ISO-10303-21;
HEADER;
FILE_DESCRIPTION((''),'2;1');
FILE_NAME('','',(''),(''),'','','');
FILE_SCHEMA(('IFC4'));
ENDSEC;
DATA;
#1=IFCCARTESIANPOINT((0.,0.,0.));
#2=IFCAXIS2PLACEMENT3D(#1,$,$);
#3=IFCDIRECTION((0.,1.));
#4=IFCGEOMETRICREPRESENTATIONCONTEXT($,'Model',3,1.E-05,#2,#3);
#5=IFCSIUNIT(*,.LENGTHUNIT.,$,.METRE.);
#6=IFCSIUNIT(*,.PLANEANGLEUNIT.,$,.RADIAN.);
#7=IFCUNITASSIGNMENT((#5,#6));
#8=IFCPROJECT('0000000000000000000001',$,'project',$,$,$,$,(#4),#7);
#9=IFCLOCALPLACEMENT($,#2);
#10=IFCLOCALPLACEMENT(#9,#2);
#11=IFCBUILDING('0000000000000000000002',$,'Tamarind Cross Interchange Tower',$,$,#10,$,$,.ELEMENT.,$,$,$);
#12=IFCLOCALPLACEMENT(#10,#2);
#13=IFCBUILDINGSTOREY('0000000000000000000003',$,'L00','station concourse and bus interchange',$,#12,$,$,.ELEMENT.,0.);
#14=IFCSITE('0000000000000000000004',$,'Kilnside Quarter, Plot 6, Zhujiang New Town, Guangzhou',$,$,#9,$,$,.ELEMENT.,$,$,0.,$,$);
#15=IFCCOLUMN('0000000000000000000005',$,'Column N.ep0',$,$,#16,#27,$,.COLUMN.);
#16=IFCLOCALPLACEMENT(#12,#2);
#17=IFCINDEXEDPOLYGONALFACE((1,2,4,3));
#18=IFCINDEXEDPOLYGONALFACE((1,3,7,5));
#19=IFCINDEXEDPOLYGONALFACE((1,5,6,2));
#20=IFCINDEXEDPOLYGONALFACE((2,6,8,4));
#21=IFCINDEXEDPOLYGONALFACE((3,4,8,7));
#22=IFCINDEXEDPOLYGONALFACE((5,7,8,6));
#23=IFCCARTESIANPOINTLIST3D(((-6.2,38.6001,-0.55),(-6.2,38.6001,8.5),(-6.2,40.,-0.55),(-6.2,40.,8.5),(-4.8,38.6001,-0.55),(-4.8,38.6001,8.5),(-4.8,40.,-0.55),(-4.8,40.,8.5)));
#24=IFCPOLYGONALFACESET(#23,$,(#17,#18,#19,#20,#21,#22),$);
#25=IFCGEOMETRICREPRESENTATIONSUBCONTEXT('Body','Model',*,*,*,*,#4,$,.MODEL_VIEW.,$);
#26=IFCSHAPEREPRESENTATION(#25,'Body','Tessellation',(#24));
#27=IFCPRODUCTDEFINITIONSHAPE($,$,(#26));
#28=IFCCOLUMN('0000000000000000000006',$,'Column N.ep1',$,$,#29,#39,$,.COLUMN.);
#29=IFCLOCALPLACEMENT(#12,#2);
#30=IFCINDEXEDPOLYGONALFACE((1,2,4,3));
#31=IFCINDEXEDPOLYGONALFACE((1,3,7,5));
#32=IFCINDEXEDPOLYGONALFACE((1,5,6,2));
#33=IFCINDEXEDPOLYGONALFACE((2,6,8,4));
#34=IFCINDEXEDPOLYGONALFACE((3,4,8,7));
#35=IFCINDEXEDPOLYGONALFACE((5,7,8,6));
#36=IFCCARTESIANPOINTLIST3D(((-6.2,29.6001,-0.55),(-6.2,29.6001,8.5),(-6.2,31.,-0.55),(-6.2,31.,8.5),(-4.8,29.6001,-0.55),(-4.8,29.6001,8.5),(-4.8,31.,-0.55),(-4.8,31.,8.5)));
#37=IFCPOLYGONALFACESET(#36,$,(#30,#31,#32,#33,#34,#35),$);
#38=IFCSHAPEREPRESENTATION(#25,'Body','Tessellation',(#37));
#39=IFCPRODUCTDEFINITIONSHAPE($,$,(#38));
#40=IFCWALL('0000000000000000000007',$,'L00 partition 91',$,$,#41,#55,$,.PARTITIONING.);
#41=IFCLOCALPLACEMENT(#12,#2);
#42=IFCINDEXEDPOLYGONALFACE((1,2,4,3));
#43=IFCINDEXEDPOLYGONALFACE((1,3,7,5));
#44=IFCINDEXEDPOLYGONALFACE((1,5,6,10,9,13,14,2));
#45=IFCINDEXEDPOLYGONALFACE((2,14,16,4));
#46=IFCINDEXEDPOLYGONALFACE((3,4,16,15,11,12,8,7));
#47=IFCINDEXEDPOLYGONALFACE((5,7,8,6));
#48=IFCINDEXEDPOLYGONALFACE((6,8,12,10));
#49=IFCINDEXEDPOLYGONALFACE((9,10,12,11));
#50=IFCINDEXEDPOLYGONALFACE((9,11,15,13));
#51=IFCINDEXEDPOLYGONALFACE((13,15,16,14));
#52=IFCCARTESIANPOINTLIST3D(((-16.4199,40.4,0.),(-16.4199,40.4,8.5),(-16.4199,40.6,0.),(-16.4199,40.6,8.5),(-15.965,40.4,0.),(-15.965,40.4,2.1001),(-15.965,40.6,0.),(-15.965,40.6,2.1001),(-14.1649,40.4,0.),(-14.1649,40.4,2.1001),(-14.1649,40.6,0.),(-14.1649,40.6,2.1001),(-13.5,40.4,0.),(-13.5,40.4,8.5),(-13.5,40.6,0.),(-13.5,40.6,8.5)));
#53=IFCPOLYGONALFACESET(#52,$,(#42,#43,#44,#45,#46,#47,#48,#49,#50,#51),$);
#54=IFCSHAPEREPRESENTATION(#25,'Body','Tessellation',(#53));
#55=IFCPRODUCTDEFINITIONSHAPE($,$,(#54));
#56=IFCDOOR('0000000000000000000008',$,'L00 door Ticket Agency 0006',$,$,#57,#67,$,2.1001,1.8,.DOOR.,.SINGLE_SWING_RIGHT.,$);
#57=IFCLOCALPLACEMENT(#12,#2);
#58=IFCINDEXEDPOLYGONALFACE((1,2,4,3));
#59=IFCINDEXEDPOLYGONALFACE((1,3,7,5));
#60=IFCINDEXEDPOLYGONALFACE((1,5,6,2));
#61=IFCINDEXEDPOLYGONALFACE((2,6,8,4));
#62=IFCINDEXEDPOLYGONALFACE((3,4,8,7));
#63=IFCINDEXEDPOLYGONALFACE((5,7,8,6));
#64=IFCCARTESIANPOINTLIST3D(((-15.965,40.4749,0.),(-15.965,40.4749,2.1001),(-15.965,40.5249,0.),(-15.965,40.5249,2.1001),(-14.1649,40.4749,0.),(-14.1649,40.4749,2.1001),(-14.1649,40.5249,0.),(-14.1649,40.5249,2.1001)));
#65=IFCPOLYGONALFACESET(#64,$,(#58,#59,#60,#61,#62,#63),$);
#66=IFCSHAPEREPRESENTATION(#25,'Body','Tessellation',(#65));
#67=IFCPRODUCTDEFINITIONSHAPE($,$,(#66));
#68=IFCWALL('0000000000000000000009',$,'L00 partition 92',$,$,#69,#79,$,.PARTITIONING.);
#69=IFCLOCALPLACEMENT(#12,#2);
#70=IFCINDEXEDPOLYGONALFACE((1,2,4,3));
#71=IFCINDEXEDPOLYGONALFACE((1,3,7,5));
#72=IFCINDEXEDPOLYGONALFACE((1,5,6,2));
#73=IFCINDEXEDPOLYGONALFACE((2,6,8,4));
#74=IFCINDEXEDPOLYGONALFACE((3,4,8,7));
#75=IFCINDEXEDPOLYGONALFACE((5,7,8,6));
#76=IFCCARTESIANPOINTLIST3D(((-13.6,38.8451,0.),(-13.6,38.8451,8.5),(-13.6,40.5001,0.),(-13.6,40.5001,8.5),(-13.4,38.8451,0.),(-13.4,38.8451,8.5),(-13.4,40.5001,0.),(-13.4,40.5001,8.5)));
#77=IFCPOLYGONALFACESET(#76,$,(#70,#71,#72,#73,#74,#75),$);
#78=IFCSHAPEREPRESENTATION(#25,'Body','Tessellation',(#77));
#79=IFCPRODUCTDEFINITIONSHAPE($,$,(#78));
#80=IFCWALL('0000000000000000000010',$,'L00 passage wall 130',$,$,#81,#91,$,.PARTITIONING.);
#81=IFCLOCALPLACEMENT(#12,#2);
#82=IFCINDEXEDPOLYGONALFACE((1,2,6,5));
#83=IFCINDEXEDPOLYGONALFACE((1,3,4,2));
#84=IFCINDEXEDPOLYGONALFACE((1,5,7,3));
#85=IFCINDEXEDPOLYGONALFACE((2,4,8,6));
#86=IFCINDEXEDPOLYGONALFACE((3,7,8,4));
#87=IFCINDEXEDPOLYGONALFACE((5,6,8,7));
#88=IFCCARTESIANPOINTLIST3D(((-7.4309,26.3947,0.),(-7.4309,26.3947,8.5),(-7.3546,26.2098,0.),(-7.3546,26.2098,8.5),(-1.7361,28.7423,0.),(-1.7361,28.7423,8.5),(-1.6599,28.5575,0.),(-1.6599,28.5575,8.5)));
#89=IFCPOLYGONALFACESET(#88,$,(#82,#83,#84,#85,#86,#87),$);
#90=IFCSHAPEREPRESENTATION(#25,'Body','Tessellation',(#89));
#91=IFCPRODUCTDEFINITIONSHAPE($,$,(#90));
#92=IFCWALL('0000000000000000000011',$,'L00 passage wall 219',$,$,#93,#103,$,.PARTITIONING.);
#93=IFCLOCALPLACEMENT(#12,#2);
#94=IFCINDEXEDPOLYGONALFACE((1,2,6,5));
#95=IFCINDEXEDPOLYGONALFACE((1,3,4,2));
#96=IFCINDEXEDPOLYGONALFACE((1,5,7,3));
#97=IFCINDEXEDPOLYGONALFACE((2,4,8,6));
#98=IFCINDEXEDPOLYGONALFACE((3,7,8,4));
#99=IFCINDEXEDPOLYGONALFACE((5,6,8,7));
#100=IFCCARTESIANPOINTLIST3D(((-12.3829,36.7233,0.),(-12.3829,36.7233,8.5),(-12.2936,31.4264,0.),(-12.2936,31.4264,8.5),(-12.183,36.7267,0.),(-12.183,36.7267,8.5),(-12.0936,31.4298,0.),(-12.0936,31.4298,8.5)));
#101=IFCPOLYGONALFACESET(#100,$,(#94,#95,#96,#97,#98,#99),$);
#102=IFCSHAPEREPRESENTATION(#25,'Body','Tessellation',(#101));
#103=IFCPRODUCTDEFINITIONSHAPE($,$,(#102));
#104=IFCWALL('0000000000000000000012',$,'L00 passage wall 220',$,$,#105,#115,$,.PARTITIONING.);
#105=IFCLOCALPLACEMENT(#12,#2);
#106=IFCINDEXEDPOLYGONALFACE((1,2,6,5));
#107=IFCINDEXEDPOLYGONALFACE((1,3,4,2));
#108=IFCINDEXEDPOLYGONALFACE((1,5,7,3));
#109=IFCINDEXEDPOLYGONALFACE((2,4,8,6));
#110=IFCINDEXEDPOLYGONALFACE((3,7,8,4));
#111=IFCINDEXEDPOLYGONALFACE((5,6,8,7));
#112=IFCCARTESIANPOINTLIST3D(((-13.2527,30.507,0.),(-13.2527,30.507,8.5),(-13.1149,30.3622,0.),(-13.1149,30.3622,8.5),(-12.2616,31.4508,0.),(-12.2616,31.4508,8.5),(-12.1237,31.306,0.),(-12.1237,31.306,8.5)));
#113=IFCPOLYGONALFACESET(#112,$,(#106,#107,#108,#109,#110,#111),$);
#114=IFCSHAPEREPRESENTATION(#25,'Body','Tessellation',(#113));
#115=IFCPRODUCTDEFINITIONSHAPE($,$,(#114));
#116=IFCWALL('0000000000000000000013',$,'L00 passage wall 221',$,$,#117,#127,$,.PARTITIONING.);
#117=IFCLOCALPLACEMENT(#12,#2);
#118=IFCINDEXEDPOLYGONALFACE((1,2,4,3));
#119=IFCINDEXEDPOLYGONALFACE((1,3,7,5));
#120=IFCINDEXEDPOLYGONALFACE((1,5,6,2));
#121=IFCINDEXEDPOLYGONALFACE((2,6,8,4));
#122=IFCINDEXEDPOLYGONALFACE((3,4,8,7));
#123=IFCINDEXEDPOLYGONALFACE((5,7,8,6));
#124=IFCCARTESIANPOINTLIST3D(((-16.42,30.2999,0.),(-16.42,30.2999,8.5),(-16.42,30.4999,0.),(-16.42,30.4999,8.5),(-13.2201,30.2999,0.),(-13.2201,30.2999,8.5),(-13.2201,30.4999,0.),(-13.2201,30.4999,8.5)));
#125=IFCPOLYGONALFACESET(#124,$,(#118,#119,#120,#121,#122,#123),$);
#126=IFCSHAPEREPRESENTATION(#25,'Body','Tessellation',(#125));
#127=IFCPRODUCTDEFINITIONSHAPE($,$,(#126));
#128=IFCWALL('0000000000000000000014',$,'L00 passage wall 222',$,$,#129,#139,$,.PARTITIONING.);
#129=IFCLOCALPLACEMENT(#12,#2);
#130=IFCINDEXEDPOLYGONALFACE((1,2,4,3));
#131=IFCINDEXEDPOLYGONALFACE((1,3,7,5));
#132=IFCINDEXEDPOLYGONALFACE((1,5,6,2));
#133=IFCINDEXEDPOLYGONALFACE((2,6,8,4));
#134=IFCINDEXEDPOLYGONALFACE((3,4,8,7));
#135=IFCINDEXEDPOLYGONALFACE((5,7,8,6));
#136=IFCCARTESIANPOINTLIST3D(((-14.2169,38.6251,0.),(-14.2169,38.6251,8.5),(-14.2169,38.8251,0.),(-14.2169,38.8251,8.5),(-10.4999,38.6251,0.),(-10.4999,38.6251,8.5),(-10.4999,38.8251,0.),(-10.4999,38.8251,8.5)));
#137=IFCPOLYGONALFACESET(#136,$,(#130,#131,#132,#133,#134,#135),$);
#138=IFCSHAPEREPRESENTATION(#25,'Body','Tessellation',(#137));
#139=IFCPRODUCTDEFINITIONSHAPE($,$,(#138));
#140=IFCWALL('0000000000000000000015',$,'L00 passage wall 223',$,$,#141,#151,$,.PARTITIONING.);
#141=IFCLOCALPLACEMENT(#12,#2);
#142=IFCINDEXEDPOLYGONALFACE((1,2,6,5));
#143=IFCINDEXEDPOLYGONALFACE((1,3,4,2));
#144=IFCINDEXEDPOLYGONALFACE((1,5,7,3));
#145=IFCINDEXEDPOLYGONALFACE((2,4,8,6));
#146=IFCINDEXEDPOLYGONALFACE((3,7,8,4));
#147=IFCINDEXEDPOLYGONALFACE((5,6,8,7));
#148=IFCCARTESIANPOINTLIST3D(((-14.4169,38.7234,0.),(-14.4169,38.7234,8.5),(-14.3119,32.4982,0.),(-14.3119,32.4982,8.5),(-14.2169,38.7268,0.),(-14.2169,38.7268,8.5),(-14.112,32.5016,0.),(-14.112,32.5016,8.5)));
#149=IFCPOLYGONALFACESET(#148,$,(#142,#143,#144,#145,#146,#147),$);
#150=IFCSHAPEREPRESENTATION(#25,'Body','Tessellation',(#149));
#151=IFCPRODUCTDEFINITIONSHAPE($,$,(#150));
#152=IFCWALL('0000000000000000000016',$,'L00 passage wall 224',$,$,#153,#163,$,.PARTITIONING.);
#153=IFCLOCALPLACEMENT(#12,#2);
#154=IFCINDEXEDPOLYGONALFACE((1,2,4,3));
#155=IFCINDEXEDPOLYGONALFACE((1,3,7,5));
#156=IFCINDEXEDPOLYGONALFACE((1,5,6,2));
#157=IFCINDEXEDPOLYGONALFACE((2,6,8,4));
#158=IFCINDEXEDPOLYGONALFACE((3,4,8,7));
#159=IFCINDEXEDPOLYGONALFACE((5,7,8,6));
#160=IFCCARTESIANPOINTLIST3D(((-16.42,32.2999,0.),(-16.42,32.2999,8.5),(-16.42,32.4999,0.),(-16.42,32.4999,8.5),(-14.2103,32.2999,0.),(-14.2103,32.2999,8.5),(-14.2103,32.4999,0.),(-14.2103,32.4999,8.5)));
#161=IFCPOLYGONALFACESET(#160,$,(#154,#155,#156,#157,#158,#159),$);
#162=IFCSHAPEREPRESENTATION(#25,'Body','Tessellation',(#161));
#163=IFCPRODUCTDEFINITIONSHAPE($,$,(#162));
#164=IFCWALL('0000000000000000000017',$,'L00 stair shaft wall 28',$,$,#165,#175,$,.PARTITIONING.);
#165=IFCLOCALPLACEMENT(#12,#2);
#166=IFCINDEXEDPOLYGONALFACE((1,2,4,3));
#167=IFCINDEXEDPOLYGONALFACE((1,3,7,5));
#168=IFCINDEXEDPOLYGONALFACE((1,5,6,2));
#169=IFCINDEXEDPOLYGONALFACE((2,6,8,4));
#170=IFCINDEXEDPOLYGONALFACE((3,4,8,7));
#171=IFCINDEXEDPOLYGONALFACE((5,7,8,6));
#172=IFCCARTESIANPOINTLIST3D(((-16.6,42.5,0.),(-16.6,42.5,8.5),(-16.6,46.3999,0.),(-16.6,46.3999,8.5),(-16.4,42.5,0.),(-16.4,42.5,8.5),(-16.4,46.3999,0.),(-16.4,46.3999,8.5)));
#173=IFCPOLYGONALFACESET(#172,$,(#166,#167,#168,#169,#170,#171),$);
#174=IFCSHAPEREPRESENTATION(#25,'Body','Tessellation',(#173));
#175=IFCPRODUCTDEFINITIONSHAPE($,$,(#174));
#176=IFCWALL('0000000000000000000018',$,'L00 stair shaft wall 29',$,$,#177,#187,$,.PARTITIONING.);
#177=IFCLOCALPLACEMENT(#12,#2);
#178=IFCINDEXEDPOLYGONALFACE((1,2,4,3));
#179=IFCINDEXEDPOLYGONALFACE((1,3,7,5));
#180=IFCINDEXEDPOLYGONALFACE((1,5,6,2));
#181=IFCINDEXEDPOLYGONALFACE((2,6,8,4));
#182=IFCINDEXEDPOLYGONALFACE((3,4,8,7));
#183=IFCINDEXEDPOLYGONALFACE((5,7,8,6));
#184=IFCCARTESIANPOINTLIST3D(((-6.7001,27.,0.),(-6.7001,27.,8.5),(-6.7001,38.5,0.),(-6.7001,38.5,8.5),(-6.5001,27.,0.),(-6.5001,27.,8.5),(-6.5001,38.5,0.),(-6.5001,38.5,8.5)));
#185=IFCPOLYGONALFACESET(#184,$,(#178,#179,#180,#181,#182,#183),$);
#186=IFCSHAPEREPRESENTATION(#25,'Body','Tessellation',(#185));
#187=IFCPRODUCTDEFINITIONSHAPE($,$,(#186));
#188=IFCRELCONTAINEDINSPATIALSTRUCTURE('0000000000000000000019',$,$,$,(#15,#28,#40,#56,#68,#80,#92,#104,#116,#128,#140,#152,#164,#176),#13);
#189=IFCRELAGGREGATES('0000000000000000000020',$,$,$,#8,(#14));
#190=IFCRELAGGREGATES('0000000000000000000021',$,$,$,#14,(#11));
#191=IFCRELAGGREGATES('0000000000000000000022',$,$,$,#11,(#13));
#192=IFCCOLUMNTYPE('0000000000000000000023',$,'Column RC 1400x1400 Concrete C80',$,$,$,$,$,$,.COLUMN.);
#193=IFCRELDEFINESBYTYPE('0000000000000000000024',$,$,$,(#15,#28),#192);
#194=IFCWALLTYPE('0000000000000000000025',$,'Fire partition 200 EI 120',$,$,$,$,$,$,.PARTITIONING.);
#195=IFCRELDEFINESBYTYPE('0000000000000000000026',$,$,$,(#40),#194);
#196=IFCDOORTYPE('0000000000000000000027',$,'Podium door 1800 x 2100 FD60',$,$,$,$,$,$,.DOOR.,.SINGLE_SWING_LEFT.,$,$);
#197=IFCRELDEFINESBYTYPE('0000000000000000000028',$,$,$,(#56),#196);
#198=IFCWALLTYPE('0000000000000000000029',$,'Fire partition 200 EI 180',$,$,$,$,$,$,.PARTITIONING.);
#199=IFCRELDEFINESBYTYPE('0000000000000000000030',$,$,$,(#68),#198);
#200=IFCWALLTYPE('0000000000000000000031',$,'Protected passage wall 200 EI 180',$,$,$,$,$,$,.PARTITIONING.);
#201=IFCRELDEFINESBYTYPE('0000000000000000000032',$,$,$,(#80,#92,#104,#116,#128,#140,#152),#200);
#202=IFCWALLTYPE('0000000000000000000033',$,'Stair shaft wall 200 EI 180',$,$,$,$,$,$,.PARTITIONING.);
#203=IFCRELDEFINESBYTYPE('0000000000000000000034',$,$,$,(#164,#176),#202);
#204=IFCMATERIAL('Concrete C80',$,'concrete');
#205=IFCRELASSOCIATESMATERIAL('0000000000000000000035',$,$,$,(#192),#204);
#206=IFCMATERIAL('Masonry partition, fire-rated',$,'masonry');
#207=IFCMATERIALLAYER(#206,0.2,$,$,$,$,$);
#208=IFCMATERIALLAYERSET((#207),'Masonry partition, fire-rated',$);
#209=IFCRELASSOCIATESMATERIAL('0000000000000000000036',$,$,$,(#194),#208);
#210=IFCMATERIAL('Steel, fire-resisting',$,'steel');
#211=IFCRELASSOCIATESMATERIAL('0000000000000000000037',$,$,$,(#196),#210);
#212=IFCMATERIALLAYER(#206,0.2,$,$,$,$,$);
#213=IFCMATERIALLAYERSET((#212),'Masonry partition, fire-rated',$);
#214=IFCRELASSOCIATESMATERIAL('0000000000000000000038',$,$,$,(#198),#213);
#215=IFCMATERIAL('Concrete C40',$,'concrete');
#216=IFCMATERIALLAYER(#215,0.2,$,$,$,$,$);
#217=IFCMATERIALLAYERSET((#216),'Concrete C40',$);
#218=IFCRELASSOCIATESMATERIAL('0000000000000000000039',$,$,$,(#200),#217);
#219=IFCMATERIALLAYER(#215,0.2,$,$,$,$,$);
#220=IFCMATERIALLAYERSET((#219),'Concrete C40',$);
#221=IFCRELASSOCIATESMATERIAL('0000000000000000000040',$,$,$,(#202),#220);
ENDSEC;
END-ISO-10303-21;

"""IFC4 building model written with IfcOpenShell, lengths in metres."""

from ifc_helpers import new_model, si_unit, direction, frame, frame_2d, origin, origin_2d, place, context, subcontext, project, spatial, rectangle, extrude, material, layer, layer_set, material_profile, profile_set, type_object, element, fill, save


model = new_model("IFC4")

# Units and contexts
model_context = context("Model", 3, precision=1e-05, world=origin(), true_north=direction((0.0, 1.0)))
body_context = subcontext(model_context, "Body", "Model", "MODEL_VIEW")
ifc_project = project(units=[si_unit("LENGTHUNIT", "METRE"), si_unit("PLANEANGLEUNIT", "RADIAN")], contexts=[model_context])

# Site, building, storey
site_placement = place(None, origin())
site = spatial("IfcSite", under=ifc_project, at=site_placement, Name="Kilnside Quarter, Plot 6, Zhujiang New Town, Guangzhou", CompositionType="ELEMENT", RefElevation=0.0)
building_placement = place(site_placement, origin())
building = spatial("IfcBuilding", under=site, at=building_placement, Name="Tamarind Cross Interchange Tower", CompositionType="ELEMENT")
storey_placement = place(building_placement, origin())
storey = spatial("IfcBuildingStorey", under=building, at=storey_placement, Name="L00", Description="station concourse and bus interchange", CompositionType="ELEMENT", Elevation=0.0)

# Columns
ifc_material_1 = material(Name="Concrete C80", Category="concrete")
ifc_material_profile = material_profile(ifc_material_1, rectangle(XDim=1.3999, YDim=1.3999, at=origin_2d()), Name="RC 1400x1400")
ifc_profile_set = profile_set([ifc_material_profile], Name="Concrete C80")
column_type = type_object("IfcColumnType", Name="Column RC 1400x1400 Concrete C80", PredefinedType="COLUMN", material=ifc_profile_set)
for number, where, z_axis, x_axis, name in (
    (1, (-5.5, 39.3, -0.55), (0.0, 0.0, 1.0), (1.0, 0.0, 0.0), "Column N.ep0"),
    (2, (-5.5, 30.3, -0.55), (0.0, 0.0, 1.0), (1.0, 0.0, 0.0), "Column N.ep1"),
):
    element("IfcColumn", number, at=place(storey_placement, frame(where, z_axis=z_axis, x_axis=x_axis)), inside=storey, type_object=column_type, Name=name, PredefinedType="COLUMN", context=body_context, shape_type="SweptSolid", body=[
        extrude(rectangle(XDim=1.3999, YDim=1.3999, at=origin_2d()), origin(), (0.0, 0.0, 1.0), 9.05),
    ])

# Wall, opening, door
ifc_material_2 = material(Name="Masonry partition, fire-rated", Category="masonry")
ifc_layer_1 = layer(ifc_material_2, 0.2)
ifc_layer_set_1 = layer_set([ifc_layer_1], Name="Masonry partition, fire-rated")
wall_type_1 = type_object("IfcWallType", Name="Fire partition 200 EI 120", PredefinedType="PARTITIONING", material=ifc_layer_set_1)
wall_1_placement = place(storey_placement, frame((-16.4199, 40.5, 0.0), z_axis=(0.0, 0.0, 1.0), x_axis=(1.0, 0.0, 0.0)))
wall_1 = element("IfcWall", 3, at=wall_1_placement, inside=storey, type_object=wall_type_1, Name="L00 partition 91", PredefinedType="PARTITIONING", context=body_context, shape_type="SweptSolid", body=[
    extrude(rectangle(XDim=2.9199, YDim=0.2, at=frame_2d((1.46, 0.0))), origin(), (0.0, 0.0, 1.0), 8.5),
])
opening_placement = place(wall_1_placement, frame((0.4551, 0.0, 0.0)))
opening = element("IfcOpeningElement", 4, at=opening_placement, cuts=wall_1, PredefinedType="OPENING", context=body_context, shape_type="SweptSolid", body=[
    extrude(rectangle(XDim=1.8, YDim=2.1001, at=frame_2d((0.8999, 1.05))), frame((0.0, 0.1099, 0.0), z_axis=(0.0, -1.0, 0.0), x_axis=(1.0, 0.0, 0.0)), (0.0, 0.0, 1.0), 0.22),
])
ifc_material_3 = material(Name="Steel, fire-resisting", Category="steel")
door_type = type_object("IfcDoorType", Name="Podium door 1800 x 2100 FD60", OperationType="SINGLE_SWING_LEFT", PredefinedType="DOOR", material=ifc_material_3)
door_placement = place(opening_placement, origin())
door = element("IfcDoor", 5, at=door_placement, inside=storey, type_object=door_type, Name="L00 door Ticket Agency 0006", OperationType="SINGLE_SWING_RIGHT", OverallHeight=2.1001, OverallWidth=1.8, PredefinedType="DOOR", context=body_context, shape_type="SweptSolid", body=[
    extrude(rectangle(XDim=1.8, YDim=2.1001, at=frame_2d((0.8999, 1.05))), frame((0.0, 0.0249, 0.0), z_axis=(0.0, -1.0, 0.0), x_axis=(1.0, 0.0, 0.0)), (0.0, 0.0, 1.0), 0.05),
])
fill(opening, door)

# Walls
ifc_layer_2 = layer(ifc_material_2, 0.2)
ifc_layer_set_2 = layer_set([ifc_layer_2], Name="Masonry partition, fire-rated")
wall_type_2 = type_object("IfcWallType", Name="Fire partition 200 EI 180", PredefinedType="PARTITIONING", material=ifc_layer_set_2)
wall_2_placement = place(storey_placement, frame((-13.5, 38.845, 0.0), z_axis=(0.0, 0.0, 1.0), x_axis=(0.0, 1.0, 0.0)))
element("IfcWall", 6, at=wall_2_placement, inside=storey, type_object=wall_type_2, Name="L00 partition 92", PredefinedType="PARTITIONING", context=body_context, shape_type="SweptSolid", body=[
    extrude(rectangle(XDim=1.655, YDim=0.2, at=frame_2d((0.8276, 0.0))), origin(), (0.0, 0.0, 1.0), 8.5),
])
ifc_material_4 = material(Name="Concrete C40", Category="concrete")
ifc_layer_3 = layer(ifc_material_4, 0.2)
ifc_layer_set_3 = layer_set([ifc_layer_3], Name="Concrete C40")
wall_type_3 = type_object("IfcWallType", Name="Protected passage wall 200 EI 180", PredefinedType="PARTITIONING", material=ifc_layer_set_3)
wall_3_placement = place(storey_placement, frame((-1.698, 28.6499, 0.0), z_axis=(0.0, 0.0, 1.0), x_axis=(-0.924522, -0.381129, 0.0)))
element("IfcWall", 7, at=wall_3_placement, inside=storey, type_object=wall_type_3, Name="L00 passage wall 130", PredefinedType="PARTITIONING", context=body_context, shape_type="SweptSolid", body=[
    extrude(rectangle(XDim=6.1597, YDim=0.2, at=frame_2d((3.0798, 0.0))), origin(), (0.0, 0.0, 1.0), 8.5),
])
wall_4_placement = place(storey_placement, frame((-12.283, 36.7251, 0.0), z_axis=(0.0, 0.0, 1.0), x_axis=(0.016867, -0.999858, 0.0)))
element("IfcWall", 8, at=wall_4_placement, inside=storey, type_object=wall_type_3, Name="L00 passage wall 219", PredefinedType="PARTITIONING", context=body_context, shape_type="SweptSolid", body=[
    extrude(rectangle(XDim=5.2976, YDim=0.2, at=frame_2d((2.6489, 0.0))), origin(), (0.0, 0.0, 1.0), 8.5),
])
wall_5_placement = place(storey_placement, frame((-12.1926, 31.3784, 0.0), z_axis=(0.0, 0.0, 1.0), x_axis=(-0.724197, -0.689593, 0.0)))
element("IfcWall", 9, at=wall_5_placement, inside=storey, type_object=wall_type_3, Name="L00 passage wall 220", PredefinedType="PARTITIONING", context=body_context, shape_type="SweptSolid", body=[
    extrude(rectangle(XDim=1.3687, YDim=0.2, at=frame_2d((0.6843, 0.0))), origin(), (0.0, 0.0, 1.0), 8.5),
])
wall_6_placement = place(storey_placement, frame((-13.22, 30.3999, 0.0), z_axis=(0.0, 0.0, 1.0), x_axis=(-1.0, 0.0, 0.0)))
element("IfcWall", 10, at=wall_6_placement, inside=storey, type_object=wall_type_3, Name="L00 passage wall 221", PredefinedType="PARTITIONING", context=body_context, shape_type="SweptSolid", body=[
    extrude(rectangle(XDim=3.2, YDim=0.2, at=frame_2d((1.6001, 0.0))), origin(), (0.0, 0.0, 1.0), 8.5),
])
wall_7_placement = place(storey_placement, frame((-10.5, 38.7251, 0.0), z_axis=(0.0, 0.0, 1.0), x_axis=(-1.0, 0.0, 0.0)))
element("IfcWall", 11, at=wall_7_placement, inside=storey, type_object=wall_type_3, Name="L00 passage wall 222", PredefinedType="PARTITIONING", context=body_context, shape_type="SweptSolid", body=[
    extrude(rectangle(XDim=3.717, YDim=0.2, at=frame_2d((1.8584, 0.0))), origin(), (0.0, 0.0, 1.0), 8.5),
])
wall_8_placement = place(storey_placement, frame((-14.3169, 38.7251, 0.0), z_axis=(0.0, 0.0, 1.0), x_axis=(0.016862, -0.999858, 0.0)))
element("IfcWall", 12, at=wall_8_placement, inside=storey, type_object=wall_type_3, Name="L00 passage wall 223", PredefinedType="PARTITIONING", context=body_context, shape_type="SweptSolid", body=[
    extrude(rectangle(XDim=6.2261, YDim=0.2, at=frame_2d((3.113, 0.0))), origin(), (0.0, 0.0, 1.0), 8.5),
])
wall_9_placement = place(storey_placement, frame((-14.2102, 32.3999, 0.0), z_axis=(0.0, 0.0, 1.0), x_axis=(-1.0, 0.0, 0.0)))
element("IfcWall", 13, at=wall_9_placement, inside=storey, type_object=wall_type_3, Name="L00 passage wall 224", PredefinedType="PARTITIONING", context=body_context, shape_type="SweptSolid", body=[
    extrude(rectangle(XDim=2.2097, YDim=0.2, at=frame_2d((1.105, 0.0))), origin(), (0.0, 0.0, 1.0), 8.5),
])
ifc_layer_4 = layer(ifc_material_4, 0.2)
ifc_layer_set_4 = layer_set([ifc_layer_4], Name="Concrete C40")
wall_type_4 = type_object("IfcWallType", Name="Stair shaft wall 200 EI 180", PredefinedType="PARTITIONING", material=ifc_layer_set_4)
wall_10_placement = place(storey_placement, frame((-16.5, 42.5, 0.0), z_axis=(0.0, 0.0, 1.0), x_axis=(0.0, 1.0, 0.0)))
element("IfcWall", 14, at=wall_10_placement, inside=storey, type_object=wall_type_4, Name="L00 stair shaft wall 28", PredefinedType="PARTITIONING", context=body_context, shape_type="SweptSolid", body=[
    extrude(rectangle(XDim=3.8999, YDim=0.2, at=frame_2d((1.95, 0.0))), origin(), (0.0, 0.0, 1.0), 8.5),
])
wall_11_placement = place(storey_placement, frame((-6.6001, 27.0, 0.0), z_axis=(0.0, 0.0, 1.0), x_axis=(0.0, 1.0, 0.0)))
element("IfcWall", 15, at=wall_11_placement, inside=storey, type_object=wall_type_4, Name="L00 stair shaft wall 29", PredefinedType="PARTITIONING", context=body_context, shape_type="SweptSolid", body=[
    extrude(rectangle(XDim=11.5, YDim=0.2, at=frame_2d((5.75, 0.0))), origin(), (0.0, 0.0, 1.0), 8.5),
])

save(model, "model.ifc")
